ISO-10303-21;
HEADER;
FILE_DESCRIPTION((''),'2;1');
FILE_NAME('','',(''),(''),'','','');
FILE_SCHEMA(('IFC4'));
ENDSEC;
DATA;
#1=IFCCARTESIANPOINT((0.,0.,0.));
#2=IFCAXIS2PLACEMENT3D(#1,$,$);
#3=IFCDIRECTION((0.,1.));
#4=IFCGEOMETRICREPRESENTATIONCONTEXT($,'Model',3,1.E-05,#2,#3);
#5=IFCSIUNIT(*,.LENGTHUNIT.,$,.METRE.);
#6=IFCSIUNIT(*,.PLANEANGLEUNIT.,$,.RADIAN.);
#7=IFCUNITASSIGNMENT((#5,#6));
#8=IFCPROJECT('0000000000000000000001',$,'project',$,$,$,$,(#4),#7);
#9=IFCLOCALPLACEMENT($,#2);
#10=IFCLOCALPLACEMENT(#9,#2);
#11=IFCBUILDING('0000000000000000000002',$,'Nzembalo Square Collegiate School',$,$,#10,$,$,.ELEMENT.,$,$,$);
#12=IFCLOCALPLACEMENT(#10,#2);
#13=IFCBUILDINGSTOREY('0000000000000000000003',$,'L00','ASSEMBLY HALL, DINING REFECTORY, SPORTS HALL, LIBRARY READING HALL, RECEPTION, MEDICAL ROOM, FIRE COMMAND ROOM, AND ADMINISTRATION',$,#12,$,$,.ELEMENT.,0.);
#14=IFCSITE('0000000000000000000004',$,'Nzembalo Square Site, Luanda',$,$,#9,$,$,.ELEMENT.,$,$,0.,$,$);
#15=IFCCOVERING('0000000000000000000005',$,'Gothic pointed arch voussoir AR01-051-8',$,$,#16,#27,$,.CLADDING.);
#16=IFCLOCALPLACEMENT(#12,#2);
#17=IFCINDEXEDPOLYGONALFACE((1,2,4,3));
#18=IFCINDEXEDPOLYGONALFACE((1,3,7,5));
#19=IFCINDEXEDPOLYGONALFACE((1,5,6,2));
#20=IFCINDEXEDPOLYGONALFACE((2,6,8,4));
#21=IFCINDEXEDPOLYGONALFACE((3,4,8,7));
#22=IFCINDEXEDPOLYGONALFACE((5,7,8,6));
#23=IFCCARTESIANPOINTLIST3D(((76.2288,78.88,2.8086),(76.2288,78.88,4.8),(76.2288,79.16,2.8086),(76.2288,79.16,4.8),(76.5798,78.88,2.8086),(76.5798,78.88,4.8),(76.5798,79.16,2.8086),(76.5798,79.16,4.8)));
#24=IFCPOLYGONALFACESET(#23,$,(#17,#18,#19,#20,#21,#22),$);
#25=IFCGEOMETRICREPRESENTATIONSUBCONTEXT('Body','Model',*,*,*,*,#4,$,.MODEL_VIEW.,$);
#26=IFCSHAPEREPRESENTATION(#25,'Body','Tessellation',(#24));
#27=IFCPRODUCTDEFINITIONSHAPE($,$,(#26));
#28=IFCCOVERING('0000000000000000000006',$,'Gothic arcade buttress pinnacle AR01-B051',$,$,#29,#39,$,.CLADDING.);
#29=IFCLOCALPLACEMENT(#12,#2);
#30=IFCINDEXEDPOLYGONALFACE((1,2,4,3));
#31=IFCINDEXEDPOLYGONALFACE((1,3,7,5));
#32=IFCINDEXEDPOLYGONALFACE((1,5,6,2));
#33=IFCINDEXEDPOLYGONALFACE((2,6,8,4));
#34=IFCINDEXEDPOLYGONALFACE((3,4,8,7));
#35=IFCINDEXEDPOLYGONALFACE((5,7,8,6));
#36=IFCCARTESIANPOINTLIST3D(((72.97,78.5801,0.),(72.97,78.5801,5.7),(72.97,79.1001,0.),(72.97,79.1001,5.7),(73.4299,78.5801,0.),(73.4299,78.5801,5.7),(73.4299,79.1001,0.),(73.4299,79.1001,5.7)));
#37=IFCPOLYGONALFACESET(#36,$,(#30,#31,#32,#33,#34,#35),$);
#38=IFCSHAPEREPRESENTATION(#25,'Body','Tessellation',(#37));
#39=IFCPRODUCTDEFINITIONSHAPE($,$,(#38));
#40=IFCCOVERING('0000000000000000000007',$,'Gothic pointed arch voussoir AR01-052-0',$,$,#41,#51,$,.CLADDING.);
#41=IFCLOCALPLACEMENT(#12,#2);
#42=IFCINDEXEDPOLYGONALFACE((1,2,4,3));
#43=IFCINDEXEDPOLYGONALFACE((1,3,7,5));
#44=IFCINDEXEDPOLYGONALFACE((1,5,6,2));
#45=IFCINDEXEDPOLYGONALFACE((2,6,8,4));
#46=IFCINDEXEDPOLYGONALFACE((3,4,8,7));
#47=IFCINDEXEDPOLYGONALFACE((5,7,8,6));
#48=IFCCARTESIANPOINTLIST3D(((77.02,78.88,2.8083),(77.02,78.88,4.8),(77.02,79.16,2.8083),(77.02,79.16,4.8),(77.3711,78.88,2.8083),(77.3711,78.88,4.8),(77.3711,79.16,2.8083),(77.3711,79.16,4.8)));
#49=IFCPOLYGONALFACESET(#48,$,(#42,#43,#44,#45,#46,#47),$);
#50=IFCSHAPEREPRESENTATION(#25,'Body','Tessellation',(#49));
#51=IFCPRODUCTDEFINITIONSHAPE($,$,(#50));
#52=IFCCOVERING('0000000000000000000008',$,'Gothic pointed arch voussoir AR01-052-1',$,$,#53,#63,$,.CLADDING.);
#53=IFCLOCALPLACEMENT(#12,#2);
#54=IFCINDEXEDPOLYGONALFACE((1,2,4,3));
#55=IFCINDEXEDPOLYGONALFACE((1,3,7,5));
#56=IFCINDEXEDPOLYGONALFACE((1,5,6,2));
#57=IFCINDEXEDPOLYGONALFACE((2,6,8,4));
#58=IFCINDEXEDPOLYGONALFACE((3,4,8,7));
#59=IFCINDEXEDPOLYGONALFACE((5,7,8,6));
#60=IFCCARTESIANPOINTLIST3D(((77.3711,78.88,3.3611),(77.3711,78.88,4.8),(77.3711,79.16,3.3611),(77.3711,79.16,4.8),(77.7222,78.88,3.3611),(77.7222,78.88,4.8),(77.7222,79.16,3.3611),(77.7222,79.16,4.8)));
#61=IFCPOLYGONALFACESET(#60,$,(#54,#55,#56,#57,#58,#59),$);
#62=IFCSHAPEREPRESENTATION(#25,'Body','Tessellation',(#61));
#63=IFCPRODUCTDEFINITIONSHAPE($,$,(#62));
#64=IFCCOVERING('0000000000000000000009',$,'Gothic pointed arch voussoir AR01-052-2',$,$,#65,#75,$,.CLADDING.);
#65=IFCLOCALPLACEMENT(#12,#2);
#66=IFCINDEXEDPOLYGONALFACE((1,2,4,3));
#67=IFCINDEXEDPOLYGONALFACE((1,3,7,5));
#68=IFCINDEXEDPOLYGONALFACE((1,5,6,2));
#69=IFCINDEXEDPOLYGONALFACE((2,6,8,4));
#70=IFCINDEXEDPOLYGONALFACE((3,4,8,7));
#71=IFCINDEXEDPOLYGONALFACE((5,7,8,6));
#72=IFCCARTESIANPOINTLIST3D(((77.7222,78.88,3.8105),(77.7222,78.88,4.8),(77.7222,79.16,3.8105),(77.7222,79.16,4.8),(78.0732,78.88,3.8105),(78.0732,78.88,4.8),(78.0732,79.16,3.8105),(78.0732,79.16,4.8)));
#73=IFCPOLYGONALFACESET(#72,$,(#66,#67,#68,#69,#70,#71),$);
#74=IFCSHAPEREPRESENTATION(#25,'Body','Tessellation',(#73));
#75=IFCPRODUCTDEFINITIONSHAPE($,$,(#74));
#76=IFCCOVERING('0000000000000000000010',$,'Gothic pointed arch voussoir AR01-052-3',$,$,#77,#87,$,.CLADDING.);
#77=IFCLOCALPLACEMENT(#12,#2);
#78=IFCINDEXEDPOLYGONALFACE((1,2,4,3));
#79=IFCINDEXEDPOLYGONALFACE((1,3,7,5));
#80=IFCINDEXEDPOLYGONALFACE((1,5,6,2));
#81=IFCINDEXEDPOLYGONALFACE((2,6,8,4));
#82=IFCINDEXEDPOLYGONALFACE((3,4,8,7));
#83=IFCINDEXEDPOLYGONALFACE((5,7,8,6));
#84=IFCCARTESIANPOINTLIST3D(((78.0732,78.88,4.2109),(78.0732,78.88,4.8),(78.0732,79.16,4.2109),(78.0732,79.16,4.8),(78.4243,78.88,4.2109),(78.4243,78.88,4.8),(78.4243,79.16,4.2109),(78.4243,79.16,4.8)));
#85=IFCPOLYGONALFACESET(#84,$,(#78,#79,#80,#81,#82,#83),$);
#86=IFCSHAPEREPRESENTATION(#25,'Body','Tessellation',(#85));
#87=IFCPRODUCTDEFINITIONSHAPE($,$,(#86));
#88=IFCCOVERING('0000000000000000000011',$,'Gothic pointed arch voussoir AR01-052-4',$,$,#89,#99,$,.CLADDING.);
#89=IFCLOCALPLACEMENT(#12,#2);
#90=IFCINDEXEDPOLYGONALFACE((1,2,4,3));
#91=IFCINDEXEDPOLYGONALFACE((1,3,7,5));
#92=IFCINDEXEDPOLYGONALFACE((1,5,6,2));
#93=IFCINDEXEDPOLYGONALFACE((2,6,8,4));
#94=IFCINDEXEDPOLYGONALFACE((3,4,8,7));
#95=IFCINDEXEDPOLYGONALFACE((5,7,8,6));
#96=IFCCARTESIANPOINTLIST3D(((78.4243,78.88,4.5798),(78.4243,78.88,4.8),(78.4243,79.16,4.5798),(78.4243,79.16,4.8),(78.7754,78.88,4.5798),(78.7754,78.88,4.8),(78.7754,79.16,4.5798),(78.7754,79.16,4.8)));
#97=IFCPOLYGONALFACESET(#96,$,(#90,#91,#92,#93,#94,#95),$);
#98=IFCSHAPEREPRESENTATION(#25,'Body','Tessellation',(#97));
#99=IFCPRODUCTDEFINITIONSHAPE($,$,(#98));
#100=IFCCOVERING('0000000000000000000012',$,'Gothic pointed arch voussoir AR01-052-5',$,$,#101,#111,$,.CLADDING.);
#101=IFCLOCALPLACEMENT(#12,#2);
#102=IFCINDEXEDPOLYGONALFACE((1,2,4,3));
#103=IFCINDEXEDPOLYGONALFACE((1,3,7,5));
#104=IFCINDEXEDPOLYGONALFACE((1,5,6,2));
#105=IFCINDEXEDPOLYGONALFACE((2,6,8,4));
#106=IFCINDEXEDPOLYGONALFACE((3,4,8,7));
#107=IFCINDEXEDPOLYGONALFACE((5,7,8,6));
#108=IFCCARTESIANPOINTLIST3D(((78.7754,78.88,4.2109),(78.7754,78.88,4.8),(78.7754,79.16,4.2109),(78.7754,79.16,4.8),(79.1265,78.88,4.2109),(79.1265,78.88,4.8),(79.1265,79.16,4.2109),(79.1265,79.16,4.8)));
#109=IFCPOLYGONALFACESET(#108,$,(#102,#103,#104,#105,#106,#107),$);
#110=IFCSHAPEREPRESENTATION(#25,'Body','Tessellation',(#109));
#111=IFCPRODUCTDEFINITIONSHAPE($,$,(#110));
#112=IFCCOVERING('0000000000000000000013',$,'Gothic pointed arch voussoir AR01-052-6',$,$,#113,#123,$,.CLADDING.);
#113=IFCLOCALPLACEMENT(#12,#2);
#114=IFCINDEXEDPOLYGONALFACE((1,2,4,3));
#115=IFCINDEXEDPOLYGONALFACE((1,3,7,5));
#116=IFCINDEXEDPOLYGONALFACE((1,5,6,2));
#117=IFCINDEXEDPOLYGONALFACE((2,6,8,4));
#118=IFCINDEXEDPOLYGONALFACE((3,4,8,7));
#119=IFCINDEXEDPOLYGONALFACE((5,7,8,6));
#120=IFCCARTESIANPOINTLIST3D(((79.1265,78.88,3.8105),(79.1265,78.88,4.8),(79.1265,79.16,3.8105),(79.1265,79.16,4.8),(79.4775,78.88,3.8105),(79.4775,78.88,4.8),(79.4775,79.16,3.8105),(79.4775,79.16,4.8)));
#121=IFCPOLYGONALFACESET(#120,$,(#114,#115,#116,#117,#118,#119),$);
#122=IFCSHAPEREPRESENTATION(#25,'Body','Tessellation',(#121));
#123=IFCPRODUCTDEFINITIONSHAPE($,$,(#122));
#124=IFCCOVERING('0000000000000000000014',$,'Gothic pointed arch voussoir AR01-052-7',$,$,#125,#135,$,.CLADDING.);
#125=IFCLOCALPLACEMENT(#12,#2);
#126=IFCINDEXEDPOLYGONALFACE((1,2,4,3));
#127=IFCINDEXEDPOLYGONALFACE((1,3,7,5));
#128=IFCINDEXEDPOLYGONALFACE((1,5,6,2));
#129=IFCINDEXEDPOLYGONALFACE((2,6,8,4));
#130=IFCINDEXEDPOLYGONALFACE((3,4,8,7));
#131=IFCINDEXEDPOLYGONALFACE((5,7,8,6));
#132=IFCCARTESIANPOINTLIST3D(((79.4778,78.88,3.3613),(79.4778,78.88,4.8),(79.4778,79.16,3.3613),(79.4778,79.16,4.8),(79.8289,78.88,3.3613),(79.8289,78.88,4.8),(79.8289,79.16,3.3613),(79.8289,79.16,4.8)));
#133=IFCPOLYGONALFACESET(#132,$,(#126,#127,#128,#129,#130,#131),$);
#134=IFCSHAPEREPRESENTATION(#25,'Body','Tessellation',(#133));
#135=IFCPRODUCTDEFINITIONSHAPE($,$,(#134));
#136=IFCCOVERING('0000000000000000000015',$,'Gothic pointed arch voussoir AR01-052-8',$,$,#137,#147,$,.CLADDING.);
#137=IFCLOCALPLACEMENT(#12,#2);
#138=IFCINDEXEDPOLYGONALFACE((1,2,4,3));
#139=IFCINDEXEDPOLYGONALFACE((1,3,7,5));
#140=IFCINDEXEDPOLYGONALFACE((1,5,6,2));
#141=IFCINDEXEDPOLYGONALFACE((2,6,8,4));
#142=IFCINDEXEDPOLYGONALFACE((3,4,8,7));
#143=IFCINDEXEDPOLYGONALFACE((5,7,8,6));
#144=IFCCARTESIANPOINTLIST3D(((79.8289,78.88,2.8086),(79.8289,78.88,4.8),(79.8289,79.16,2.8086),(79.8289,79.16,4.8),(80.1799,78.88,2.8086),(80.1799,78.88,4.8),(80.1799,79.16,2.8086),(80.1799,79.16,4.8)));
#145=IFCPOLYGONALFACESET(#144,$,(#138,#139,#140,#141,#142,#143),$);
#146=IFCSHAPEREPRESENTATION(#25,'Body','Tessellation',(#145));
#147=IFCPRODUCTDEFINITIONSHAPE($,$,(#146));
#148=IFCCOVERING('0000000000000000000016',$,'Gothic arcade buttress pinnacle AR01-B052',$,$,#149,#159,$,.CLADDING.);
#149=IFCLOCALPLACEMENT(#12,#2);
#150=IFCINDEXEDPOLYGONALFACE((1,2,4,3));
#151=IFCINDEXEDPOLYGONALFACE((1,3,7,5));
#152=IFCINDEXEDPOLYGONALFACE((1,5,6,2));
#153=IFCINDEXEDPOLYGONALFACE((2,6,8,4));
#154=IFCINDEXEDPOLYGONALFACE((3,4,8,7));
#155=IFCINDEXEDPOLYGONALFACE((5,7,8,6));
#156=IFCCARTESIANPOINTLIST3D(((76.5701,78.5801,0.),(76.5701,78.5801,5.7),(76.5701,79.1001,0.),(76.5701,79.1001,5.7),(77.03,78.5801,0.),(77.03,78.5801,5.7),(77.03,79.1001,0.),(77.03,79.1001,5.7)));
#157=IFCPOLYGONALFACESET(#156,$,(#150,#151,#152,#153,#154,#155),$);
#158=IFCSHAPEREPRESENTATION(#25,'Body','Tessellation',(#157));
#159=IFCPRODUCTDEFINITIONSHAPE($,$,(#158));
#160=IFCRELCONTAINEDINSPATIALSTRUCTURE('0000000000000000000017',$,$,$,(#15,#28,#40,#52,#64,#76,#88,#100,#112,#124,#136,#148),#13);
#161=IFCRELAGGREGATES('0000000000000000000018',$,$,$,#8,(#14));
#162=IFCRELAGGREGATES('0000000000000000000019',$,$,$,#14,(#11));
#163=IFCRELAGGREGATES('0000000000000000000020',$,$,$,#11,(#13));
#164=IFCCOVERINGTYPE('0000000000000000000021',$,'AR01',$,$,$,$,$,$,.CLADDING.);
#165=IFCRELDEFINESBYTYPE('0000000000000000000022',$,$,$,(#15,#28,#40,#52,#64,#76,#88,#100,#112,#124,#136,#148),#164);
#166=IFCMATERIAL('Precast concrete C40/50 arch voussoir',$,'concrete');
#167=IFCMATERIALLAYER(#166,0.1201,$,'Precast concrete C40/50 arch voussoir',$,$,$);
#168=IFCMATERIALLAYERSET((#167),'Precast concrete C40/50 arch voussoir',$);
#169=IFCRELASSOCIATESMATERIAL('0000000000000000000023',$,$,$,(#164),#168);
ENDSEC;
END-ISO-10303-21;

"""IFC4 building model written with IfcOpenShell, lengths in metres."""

from ifc_helpers import new_model, si_unit, direction, frame, origin, origin_2d, place, context, subcontext, project, spatial, rectangle, extrude, material, layer, layer_set, type_object, element, save


model = new_model("IFC4")

# Units and contexts
model_context = context("Model", 3, precision=1e-05, world=origin(), true_north=direction((0.0, 1.0)))
body_context = subcontext(model_context, "Body", "Model", "MODEL_VIEW")
ifc_project = project(units=[si_unit("LENGTHUNIT", "METRE"), si_unit("PLANEANGLEUNIT", "RADIAN")], contexts=[model_context])

# Site, building, storey
site_placement = place(None, origin())
site = spatial("IfcSite", under=ifc_project, at=site_placement, Name="Nzembalo Square Site, Luanda", CompositionType="ELEMENT", RefElevation=0.0)
building_placement = place(site_placement, origin())
building = spatial("IfcBuilding", under=site, at=building_placement, Name="Nzembalo Square Collegiate School", CompositionType="ELEMENT")
storey_placement = place(building_placement, origin())
storey = spatial("IfcBuildingStorey", under=building, at=storey_placement, Name="L00", Description="ASSEMBLY HALL, DINING REFECTORY, SPORTS HALL, LIBRARY READING HALL, RECEPTION, MEDICAL ROOM, FIRE COMMAND ROOM, AND ADMINISTRATION", CompositionType="ELEMENT", Elevation=0.0)

# Coverings
ifc_material_1 = material(Name="Precast concrete C40/50 arch voussoir", Category="concrete")
ifc_layer = layer(ifc_material_1, 0.1201, Name="Precast concrete C40/50 arch voussoir")
ifc_layer_set = layer_set([ifc_layer], Name="Precast concrete C40/50 arch voussoir")
covering_type = type_object("IfcCoveringType", Name="AR01", PredefinedType="CLADDING", material=ifc_layer_set)
covering_1_placement = place(storey_placement, frame((76.4043, 79.02, 2.8086), z_axis=(0.0, 0.0, 1.0), x_axis=(1.0, 0.0, 0.0)))
element("IfcCovering", 1, at=covering_1_placement, inside=storey, type_object=covering_type, Name="Gothic pointed arch voussoir AR01-051-8", PredefinedType="CLADDING", context=body_context, shape_type="SweptSolid", body=[
    extrude(rectangle(XDim=0.3511, YDim=0.28, at=origin_2d()), origin(), (0.0, 0.0, 1.0), 1.9915),
])
covering_2_placement = place(storey_placement, frame((73.2, 78.8401, 0.0), z_axis=(0.0, 0.0, 1.0), x_axis=(1.0, 0.0, 0.0)))
element("IfcCovering", 2, at=covering_2_placement, inside=storey, type_object=covering_type, Name="Gothic arcade buttress pinnacle AR01-B051", PredefinedType="CLADDING", context=body_context, shape_type="SweptSolid", body=[
    extrude(rectangle(XDim=0.46, YDim=0.52, at=origin_2d()), origin(), (0.0, 0.0, 1.0), 5.7),
])
covering_3_placement = place(storey_placement, frame((77.1956, 79.02, 2.8083), z_axis=(0.0, 0.0, 1.0), x_axis=(1.0, 0.0, 0.0)))
element("IfcCovering", 3, at=covering_3_placement, inside=storey, type_object=covering_type, Name="Gothic pointed arch voussoir AR01-052-0", PredefinedType="CLADDING", context=body_context, shape_type="SweptSolid", body=[
    extrude(rectangle(XDim=0.3511, YDim=0.28, at=origin_2d()), origin(), (0.0, 0.0, 1.0), 1.9917),
])
covering_4_placement = place(storey_placement, frame((77.5466, 79.02, 3.3611), z_axis=(0.0, 0.0, 1.0), x_axis=(1.0, 0.0, 0.0)))
element("IfcCovering", 4, at=covering_4_placement, inside=storey, type_object=covering_type, Name="Gothic pointed arch voussoir AR01-052-1", PredefinedType="CLADDING", context=body_context, shape_type="SweptSolid", body=[
    extrude(rectangle(XDim=0.3511, YDim=0.28, at=origin_2d()), origin(), (0.0, 0.0, 1.0), 1.439),
])
covering_5_placement = place(storey_placement, frame((77.8977, 79.02, 3.8105), z_axis=(0.0, 0.0, 1.0), x_axis=(1.0, 0.0, 0.0)))
element("IfcCovering", 5, at=covering_5_placement, inside=storey, type_object=covering_type, Name="Gothic pointed arch voussoir AR01-052-2", PredefinedType="CLADDING", context=body_context, shape_type="SweptSolid", body=[
    extrude(rectangle(XDim=0.3511, YDim=0.28, at=origin_2d()), origin(), (0.0, 0.0, 1.0), 0.9895),
])
covering_6_placement = place(storey_placement, frame((78.2488, 79.02, 4.2109), z_axis=(0.0, 0.0, 1.0), x_axis=(1.0, 0.0, 0.0)))
element("IfcCovering", 6, at=covering_6_placement, inside=storey, type_object=covering_type, Name="Gothic pointed arch voussoir AR01-052-3", PredefinedType="CLADDING", context=body_context, shape_type="SweptSolid", body=[
    extrude(rectangle(XDim=0.3511, YDim=0.28, at=origin_2d()), origin(), (0.0, 0.0, 1.0), 0.5891),
])
covering_7_placement = place(storey_placement, frame((78.5999, 79.02, 4.5798), z_axis=(0.0, 0.0, 1.0), x_axis=(1.0, 0.0, 0.0)))
element("IfcCovering", 7, at=covering_7_placement, inside=storey, type_object=covering_type, Name="Gothic pointed arch voussoir AR01-052-4", PredefinedType="CLADDING", context=body_context, shape_type="SweptSolid", body=[
    extrude(rectangle(XDim=0.3511, YDim=0.28, at=origin_2d()), origin(), (0.0, 0.0, 1.0), 0.2202),
])
covering_8_placement = place(storey_placement, frame((78.9509, 79.02, 4.2109), z_axis=(0.0, 0.0, 1.0), x_axis=(1.0, 0.0, 0.0)))
element("IfcCovering", 8, at=covering_8_placement, inside=storey, type_object=covering_type, Name="Gothic pointed arch voussoir AR01-052-5", PredefinedType="CLADDING", context=body_context, shape_type="SweptSolid", body=[
    extrude(rectangle(XDim=0.3511, YDim=0.28, at=origin_2d()), origin(), (0.0, 0.0, 1.0), 0.5891),
])
covering_9_placement = place(storey_placement, frame((79.302, 79.02, 3.8105), z_axis=(0.0, 0.0, 1.0), x_axis=(1.0, 0.0, 0.0)))
element("IfcCovering", 9, at=covering_9_placement, inside=storey, type_object=covering_type, Name="Gothic pointed arch voussoir AR01-052-6", PredefinedType="CLADDING", context=body_context, shape_type="SweptSolid", body=[
    extrude(rectangle(XDim=0.3511, YDim=0.28, at=origin_2d()), origin(), (0.0, 0.0, 1.0), 0.9895),
])
covering_10_placement = place(storey_placement, frame((79.6533, 79.02, 3.3613), z_axis=(0.0, 0.0, 1.0), x_axis=(1.0, 0.0, 0.0)))
element("IfcCovering", 10, at=covering_10_placement, inside=storey, type_object=covering_type, Name="Gothic pointed arch voussoir AR01-052-7", PredefinedType="CLADDING", context=body_context, shape_type="SweptSolid", body=[
    extrude(rectangle(XDim=0.3511, YDim=0.28, at=origin_2d()), origin(), (0.0, 0.0, 1.0), 1.4387),
])
covering_11_placement = place(storey_placement, frame((80.0044, 79.02, 2.8086), z_axis=(0.0, 0.0, 1.0), x_axis=(1.0, 0.0, 0.0)))
element("IfcCovering", 11, at=covering_11_placement, inside=storey, type_object=covering_type, Name="Gothic pointed arch voussoir AR01-052-8", PredefinedType="CLADDING", context=body_context, shape_type="SweptSolid", body=[
    extrude(rectangle(XDim=0.3511, YDim=0.28, at=origin_2d()), origin(), (0.0, 0.0, 1.0), 1.9915),
])
covering_12_placement = place(storey_placement, frame((76.8, 78.8401, 0.0), z_axis=(0.0, 0.0, 1.0), x_axis=(1.0, 0.0, 0.0)))
element("IfcCovering", 12, at=covering_12_placement, inside=storey, type_object=covering_type, Name="Gothic arcade buttress pinnacle AR01-B052", PredefinedType="CLADDING", context=body_context, shape_type="SweptSolid", body=[
    extrude(rectangle(XDim=0.46, YDim=0.52, at=origin_2d()), origin(), (0.0, 0.0, 1.0), 5.7),
])

save(model, "model.ifc")
